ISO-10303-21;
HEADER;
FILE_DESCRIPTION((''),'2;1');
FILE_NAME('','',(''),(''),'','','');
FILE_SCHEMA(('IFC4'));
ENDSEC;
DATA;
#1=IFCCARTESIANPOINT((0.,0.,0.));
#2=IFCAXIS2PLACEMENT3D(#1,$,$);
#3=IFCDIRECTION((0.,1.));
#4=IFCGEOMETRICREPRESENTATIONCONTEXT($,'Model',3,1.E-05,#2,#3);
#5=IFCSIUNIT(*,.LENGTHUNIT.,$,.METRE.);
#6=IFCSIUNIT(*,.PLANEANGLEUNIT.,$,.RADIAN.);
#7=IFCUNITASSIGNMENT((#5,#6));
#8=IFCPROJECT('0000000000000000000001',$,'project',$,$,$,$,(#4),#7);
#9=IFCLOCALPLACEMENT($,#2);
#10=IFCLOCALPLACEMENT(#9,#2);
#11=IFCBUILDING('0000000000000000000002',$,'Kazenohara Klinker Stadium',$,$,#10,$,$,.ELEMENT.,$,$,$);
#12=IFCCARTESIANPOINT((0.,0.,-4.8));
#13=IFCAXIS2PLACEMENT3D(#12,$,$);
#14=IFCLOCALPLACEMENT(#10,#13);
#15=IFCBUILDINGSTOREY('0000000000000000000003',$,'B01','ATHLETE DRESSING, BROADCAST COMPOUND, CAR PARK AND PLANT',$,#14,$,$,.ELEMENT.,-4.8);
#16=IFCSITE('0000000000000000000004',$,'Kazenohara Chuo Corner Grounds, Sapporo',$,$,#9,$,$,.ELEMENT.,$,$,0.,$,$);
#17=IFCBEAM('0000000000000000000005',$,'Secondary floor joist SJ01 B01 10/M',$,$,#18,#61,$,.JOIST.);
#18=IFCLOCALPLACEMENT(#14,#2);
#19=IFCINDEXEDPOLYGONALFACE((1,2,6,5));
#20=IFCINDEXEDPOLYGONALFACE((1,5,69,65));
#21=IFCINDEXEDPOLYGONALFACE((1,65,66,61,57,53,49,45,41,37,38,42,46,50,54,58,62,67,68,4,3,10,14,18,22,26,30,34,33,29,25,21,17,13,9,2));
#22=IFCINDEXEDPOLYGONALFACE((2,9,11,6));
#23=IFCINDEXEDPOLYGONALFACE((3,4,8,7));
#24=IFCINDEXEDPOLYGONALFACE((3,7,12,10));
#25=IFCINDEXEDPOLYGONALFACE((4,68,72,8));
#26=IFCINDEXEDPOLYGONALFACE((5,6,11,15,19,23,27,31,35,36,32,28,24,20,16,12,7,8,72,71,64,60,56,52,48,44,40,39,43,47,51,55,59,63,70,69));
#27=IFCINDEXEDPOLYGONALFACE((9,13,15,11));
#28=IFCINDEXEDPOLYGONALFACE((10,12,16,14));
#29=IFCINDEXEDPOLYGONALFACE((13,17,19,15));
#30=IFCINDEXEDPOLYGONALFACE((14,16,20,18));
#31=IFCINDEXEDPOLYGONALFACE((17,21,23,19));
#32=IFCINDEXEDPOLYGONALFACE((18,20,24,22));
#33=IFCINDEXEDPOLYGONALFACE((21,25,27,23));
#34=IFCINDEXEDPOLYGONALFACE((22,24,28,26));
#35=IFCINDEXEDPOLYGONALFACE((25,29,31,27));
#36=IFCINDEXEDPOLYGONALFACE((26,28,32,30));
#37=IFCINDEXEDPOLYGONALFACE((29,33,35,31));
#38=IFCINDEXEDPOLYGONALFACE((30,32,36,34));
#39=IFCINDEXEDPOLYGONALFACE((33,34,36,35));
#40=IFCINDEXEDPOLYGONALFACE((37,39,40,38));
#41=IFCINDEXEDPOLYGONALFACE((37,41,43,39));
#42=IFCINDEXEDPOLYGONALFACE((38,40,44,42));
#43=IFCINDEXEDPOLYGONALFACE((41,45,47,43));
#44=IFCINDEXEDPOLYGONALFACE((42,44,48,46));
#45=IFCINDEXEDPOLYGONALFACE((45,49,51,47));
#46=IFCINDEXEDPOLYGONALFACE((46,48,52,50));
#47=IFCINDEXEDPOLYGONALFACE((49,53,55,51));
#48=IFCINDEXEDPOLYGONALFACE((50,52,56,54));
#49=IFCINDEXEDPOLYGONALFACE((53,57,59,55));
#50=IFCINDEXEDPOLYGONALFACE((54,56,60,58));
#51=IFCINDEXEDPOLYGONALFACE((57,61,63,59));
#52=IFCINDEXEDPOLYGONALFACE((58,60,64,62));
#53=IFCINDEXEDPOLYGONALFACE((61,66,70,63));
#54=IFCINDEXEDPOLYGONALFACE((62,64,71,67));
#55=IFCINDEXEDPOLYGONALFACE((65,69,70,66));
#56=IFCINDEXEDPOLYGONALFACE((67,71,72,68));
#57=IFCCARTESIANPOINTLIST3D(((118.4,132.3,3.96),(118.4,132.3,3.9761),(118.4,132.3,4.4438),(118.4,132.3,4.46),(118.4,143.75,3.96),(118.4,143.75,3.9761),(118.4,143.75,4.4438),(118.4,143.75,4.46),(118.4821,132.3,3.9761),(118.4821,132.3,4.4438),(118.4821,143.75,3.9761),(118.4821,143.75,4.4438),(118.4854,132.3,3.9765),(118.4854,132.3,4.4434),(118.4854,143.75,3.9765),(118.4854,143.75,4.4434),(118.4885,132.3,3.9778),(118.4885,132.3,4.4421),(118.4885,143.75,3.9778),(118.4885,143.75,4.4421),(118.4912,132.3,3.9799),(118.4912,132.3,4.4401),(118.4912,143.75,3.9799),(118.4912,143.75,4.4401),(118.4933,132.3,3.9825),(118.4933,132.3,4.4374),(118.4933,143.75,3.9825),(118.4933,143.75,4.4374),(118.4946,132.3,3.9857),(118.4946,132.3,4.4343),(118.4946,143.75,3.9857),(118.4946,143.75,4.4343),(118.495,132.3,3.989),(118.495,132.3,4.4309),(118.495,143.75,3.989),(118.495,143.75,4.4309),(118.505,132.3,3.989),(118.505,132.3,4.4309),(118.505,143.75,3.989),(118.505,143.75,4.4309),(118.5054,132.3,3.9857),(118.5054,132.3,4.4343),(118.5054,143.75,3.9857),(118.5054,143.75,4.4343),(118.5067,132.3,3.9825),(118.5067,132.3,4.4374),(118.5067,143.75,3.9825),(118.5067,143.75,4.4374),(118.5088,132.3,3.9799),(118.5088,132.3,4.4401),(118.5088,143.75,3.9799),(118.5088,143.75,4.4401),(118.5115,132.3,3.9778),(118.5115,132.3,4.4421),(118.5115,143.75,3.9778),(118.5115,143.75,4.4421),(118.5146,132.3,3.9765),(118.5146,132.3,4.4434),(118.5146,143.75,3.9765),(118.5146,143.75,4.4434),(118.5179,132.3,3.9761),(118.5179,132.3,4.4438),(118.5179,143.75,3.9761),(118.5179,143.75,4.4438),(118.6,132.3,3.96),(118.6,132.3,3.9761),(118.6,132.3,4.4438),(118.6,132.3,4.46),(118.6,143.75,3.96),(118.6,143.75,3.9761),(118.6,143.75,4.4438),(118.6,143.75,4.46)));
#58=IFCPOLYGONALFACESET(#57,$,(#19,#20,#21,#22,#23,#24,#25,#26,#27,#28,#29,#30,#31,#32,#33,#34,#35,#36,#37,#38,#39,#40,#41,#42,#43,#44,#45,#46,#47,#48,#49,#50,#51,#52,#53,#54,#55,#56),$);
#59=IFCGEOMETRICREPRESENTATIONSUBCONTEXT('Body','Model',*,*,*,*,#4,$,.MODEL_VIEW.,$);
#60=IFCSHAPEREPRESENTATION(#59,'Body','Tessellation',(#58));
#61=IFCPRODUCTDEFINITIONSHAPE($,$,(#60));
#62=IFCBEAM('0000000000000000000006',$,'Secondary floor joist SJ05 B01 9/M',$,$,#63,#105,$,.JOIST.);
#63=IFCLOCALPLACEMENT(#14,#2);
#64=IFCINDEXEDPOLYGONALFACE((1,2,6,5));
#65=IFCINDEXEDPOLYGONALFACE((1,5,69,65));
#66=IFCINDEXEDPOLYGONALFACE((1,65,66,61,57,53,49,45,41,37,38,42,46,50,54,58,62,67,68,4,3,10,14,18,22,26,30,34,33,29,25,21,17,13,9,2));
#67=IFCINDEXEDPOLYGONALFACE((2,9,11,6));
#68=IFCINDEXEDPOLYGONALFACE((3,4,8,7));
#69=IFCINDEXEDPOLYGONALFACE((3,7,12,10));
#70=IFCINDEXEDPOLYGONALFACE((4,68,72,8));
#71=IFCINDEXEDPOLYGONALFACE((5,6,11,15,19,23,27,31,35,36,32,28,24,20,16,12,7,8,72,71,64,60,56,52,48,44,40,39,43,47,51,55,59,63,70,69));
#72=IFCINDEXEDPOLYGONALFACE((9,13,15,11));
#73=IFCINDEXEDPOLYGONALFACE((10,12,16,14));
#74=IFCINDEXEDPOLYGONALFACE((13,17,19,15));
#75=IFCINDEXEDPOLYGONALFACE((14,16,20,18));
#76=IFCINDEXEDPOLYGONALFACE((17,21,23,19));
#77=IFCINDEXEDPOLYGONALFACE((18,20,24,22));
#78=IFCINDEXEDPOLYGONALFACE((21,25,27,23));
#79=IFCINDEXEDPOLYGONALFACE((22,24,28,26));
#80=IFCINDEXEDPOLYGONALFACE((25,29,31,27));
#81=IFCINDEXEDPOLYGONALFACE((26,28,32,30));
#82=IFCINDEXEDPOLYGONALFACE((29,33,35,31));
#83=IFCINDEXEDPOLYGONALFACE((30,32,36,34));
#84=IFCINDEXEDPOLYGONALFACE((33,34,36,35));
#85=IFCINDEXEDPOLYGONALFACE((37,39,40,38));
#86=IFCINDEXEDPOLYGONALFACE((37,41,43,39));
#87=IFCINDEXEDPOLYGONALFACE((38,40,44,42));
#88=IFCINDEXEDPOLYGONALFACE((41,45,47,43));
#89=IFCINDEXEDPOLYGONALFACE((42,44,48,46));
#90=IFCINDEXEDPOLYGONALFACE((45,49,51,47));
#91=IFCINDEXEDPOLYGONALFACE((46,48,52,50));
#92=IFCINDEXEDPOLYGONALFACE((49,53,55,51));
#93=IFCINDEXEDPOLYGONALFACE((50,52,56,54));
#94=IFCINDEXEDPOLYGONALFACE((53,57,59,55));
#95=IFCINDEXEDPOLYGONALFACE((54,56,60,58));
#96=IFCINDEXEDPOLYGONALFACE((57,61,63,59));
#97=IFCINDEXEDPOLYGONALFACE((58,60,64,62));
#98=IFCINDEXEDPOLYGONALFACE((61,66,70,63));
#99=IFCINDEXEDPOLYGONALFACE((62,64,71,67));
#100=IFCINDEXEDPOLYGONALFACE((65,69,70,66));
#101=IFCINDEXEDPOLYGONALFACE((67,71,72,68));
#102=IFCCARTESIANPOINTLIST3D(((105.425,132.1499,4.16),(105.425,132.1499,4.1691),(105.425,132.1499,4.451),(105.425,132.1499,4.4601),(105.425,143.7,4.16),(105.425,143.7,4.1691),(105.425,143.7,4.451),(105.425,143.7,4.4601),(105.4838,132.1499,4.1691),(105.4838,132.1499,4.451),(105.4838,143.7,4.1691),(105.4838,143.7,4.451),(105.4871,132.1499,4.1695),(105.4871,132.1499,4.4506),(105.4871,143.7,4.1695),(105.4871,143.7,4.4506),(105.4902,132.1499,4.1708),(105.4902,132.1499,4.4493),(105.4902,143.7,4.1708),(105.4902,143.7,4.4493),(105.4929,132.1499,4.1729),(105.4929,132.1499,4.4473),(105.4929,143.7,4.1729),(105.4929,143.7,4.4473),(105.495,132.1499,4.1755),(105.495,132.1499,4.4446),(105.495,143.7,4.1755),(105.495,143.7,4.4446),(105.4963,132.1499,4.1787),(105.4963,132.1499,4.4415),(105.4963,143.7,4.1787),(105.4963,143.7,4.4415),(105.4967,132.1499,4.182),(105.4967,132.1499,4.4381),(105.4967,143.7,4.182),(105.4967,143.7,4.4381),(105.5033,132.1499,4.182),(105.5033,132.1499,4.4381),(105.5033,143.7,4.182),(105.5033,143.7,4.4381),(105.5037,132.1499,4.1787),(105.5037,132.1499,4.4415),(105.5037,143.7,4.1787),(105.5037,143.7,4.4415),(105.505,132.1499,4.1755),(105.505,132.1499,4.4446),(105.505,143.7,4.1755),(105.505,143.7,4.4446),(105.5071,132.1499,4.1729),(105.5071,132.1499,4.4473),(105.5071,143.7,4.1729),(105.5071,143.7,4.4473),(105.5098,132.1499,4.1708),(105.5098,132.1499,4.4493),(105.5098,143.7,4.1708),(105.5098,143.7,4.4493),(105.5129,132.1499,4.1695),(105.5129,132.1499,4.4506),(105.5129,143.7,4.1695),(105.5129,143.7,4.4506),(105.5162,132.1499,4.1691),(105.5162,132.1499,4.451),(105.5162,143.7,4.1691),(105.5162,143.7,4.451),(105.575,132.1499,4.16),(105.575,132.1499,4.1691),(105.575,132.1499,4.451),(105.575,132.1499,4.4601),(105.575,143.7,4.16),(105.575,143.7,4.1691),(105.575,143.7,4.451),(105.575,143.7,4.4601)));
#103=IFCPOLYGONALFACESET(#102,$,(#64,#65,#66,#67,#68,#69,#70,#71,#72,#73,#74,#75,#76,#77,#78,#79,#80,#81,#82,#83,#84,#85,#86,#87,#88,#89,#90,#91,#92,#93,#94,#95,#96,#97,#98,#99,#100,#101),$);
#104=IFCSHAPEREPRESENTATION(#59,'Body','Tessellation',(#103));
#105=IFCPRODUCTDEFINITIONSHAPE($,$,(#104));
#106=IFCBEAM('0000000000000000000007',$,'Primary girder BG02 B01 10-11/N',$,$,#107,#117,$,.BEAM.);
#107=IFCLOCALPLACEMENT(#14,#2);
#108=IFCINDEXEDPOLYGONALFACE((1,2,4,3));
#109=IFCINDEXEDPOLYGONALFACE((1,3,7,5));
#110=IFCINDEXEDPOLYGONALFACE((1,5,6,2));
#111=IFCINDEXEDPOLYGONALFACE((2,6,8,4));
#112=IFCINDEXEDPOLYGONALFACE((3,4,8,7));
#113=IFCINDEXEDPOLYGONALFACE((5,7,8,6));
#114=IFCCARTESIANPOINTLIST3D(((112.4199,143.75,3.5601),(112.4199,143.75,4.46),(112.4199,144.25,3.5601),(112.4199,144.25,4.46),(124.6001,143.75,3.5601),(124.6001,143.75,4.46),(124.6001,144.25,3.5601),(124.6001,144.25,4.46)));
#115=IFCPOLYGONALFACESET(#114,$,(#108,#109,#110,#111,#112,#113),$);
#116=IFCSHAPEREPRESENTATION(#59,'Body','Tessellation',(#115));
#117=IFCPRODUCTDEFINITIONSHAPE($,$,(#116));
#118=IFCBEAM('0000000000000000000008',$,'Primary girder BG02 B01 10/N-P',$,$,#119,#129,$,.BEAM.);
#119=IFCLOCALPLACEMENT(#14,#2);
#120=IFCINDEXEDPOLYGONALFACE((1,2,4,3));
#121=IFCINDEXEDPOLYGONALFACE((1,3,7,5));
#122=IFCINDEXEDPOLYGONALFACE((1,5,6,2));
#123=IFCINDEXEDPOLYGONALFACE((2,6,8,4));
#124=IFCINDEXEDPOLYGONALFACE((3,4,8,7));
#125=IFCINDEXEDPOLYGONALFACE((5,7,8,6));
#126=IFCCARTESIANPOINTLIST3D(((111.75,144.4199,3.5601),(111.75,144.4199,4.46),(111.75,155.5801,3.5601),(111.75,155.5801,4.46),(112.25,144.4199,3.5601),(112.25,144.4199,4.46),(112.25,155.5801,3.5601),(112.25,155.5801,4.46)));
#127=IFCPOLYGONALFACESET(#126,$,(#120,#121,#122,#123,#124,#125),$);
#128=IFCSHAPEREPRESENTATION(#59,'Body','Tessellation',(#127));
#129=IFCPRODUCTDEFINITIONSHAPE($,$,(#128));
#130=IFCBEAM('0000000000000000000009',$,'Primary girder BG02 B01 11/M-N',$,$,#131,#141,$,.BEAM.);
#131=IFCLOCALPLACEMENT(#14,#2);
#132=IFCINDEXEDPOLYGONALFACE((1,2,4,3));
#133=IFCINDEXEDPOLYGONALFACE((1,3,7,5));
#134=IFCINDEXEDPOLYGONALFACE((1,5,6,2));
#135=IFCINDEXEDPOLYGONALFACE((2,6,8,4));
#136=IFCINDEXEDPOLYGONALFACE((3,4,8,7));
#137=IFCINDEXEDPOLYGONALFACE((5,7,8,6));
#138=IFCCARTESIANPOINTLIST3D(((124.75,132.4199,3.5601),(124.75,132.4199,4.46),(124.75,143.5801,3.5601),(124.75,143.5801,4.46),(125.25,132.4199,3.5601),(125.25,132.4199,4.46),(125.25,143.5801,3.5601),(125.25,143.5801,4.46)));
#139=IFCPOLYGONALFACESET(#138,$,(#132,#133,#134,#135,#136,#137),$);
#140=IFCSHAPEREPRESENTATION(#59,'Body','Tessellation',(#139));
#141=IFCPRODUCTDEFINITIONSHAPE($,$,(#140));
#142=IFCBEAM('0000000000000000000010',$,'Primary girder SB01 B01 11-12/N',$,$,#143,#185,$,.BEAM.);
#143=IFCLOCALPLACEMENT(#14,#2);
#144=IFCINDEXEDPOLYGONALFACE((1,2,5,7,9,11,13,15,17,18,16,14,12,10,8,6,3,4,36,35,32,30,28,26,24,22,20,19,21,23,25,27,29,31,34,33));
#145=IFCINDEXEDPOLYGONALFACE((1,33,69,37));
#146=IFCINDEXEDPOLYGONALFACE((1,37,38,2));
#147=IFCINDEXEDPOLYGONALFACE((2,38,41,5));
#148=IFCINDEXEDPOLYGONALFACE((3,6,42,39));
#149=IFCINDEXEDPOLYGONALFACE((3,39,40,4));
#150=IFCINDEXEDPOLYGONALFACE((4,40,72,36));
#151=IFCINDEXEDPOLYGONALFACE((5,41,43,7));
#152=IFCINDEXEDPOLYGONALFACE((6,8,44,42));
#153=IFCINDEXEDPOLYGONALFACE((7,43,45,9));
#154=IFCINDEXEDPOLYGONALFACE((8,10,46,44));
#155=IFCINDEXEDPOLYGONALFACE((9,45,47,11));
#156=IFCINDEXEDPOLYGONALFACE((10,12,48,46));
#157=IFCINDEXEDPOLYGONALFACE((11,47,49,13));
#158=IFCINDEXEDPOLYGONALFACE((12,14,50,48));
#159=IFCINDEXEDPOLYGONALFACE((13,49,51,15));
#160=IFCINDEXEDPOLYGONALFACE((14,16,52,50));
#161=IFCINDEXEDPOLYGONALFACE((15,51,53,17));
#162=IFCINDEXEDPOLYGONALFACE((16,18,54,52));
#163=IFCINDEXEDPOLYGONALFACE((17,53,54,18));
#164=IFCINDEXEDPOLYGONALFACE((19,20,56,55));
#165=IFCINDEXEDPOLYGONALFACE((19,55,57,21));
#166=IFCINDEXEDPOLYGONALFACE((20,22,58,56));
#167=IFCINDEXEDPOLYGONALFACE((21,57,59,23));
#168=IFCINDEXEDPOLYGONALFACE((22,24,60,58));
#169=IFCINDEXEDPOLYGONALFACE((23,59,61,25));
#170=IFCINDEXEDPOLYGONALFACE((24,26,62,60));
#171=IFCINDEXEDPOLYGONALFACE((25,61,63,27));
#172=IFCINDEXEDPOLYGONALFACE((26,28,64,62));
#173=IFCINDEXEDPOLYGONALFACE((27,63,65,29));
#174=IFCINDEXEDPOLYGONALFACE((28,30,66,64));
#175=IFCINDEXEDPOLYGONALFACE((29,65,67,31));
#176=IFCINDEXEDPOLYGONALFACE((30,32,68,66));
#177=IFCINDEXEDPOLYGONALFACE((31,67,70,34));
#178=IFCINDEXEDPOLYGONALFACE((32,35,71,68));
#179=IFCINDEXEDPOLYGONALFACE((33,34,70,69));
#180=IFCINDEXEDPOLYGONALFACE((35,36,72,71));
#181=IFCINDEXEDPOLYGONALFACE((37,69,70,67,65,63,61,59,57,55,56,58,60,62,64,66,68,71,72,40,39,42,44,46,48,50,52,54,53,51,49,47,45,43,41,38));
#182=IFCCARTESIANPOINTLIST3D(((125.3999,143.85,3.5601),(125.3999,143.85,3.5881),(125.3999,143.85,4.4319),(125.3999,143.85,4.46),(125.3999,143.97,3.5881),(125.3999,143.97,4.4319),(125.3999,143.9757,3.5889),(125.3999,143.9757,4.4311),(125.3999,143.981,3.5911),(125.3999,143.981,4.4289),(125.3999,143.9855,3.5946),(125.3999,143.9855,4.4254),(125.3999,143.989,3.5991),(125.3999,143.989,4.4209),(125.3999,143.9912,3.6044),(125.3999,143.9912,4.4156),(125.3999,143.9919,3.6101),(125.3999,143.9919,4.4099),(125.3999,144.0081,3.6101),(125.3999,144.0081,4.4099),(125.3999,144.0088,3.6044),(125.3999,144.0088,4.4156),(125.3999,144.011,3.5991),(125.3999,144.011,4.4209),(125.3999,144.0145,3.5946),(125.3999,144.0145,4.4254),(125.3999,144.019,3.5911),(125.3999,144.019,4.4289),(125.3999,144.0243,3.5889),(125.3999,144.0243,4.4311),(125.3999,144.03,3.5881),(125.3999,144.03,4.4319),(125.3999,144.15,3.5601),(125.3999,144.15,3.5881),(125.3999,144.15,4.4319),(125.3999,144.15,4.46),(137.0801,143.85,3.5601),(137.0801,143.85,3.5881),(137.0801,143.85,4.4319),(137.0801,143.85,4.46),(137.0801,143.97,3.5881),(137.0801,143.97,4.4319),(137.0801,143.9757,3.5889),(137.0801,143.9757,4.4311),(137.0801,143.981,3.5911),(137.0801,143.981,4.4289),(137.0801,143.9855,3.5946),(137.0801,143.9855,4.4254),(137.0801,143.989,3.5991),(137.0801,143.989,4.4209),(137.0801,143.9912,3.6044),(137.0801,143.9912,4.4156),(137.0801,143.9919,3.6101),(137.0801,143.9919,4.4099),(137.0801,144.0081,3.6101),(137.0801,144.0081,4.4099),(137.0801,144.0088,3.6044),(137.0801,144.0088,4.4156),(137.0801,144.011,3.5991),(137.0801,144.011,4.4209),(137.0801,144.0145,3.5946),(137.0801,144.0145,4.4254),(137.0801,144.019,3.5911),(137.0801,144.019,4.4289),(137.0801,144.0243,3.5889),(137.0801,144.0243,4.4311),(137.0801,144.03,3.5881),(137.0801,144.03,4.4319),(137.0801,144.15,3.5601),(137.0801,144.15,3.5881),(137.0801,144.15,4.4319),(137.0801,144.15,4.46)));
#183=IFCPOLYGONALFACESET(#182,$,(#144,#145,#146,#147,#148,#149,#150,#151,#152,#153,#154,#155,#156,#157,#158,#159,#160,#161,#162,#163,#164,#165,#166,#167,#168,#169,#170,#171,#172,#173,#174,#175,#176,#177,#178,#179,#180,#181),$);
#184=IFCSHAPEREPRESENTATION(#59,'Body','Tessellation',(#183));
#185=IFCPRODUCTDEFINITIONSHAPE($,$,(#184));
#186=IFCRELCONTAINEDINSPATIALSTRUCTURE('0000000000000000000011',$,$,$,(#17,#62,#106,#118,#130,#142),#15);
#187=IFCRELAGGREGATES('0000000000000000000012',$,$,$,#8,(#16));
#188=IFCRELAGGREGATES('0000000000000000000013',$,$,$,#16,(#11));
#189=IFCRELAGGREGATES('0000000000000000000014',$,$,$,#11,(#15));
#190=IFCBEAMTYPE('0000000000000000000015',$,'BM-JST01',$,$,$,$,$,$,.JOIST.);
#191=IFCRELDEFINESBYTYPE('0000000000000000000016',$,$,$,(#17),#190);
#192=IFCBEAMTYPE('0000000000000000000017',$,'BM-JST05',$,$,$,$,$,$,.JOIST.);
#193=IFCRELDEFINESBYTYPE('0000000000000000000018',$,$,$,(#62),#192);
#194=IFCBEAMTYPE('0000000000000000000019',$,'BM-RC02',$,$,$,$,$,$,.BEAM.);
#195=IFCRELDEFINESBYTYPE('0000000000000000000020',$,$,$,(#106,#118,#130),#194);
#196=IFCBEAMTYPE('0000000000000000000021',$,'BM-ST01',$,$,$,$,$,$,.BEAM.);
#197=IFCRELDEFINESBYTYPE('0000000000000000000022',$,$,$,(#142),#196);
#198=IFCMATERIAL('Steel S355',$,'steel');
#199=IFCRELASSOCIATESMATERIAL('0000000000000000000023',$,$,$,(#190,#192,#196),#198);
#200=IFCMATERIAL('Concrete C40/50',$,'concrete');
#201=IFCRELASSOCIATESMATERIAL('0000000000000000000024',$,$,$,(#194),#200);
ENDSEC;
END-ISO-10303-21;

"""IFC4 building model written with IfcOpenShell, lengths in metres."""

from ifc_helpers import new_model, si_unit, direction, frame, origin, origin_2d, place, context, subcontext, project, spatial, rectangle, i_section, extrude, material, material_profile, profile_set, type_object, element, save


model = new_model("IFC4")

# Units and contexts
model_context = context("Model", 3, precision=1e-05, world=origin(), true_north=direction((0.0, 1.0)))
body_context = subcontext(model_context, "Body", "Model", "MODEL_VIEW")
ifc_project = project(units=[si_unit("LENGTHUNIT", "METRE"), si_unit("PLANEANGLEUNIT", "RADIAN")], contexts=[model_context])

# Site, building, storey
site_placement = place(None, origin())
site = spatial("IfcSite", under=ifc_project, at=site_placement, Name="Kazenohara Chuo Corner Grounds, Sapporo", CompositionType="ELEMENT", RefElevation=0.0)
building_placement = place(site_placement, origin())
building = spatial("IfcBuilding", under=site, at=building_placement, Name="Kazenohara Klinker Stadium", CompositionType="ELEMENT")
storey_placement = place(building_placement, frame((0.0, 0.0, -4.8)))
storey = spatial("IfcBuildingStorey", under=building, at=storey_placement, Name="B01", Description="ATHLETE DRESSING, BROADCAST COMPOUND, CAR PARK AND PLANT", CompositionType="ELEMENT", Elevation=-4.8)

# Shared definitions
ifc_material_1 = material(Name="Concrete C40/50", Category="concrete")

# Beams
ifc_material_2 = material(Name="Steel S355", Category="steel")
ifc_material_profile_1 = material_profile(ifc_material_2, i_section(OverallWidth=0.2, OverallDepth=0.5, WebThickness=0.01, FlangeThickness=0.0161, FilletRadius=0.0129, at=origin_2d()), Name="H-500x200x10x16")
ifc_profile_set_1 = profile_set([ifc_material_profile_1], Name="Steel S355")
beam_type_1 = type_object("IfcBeamType", Name="BM-JST01", PredefinedType="JOIST", material=ifc_profile_set_1)
beam_1_placement = place(storey_placement, frame((118.5, 132.3, 4.21), z_axis=(0.0, 1.0, 0.0), x_axis=(-1.0, 0.0, 0.0)))
element("IfcBeam", 1, at=beam_1_placement, inside=storey, type_object=beam_type_1, Name="Secondary floor joist SJ01 B01 10/M", PredefinedType="JOIST", context=body_context, shape_type="SweptSolid", body=[
    extrude(i_section(OverallWidth=0.2, OverallDepth=0.5, WebThickness=0.01, FlangeThickness=0.0161, FilletRadius=0.0129, at=origin_2d()), origin(), (0.0, 0.0, 1.0), 11.45),
])
ifc_material_profile_2 = material_profile(ifc_material_2, i_section(OverallWidth=0.1499, OverallDepth=0.3, WebThickness=0.0066, FlangeThickness=0.009, FilletRadius=0.0129, at=origin_2d()), Name="H-300x150x6.5x9")
ifc_profile_set_2 = profile_set([ifc_material_profile_2], Name="Steel S355")
beam_type_2 = type_object("IfcBeamType", Name="BM-JST05", PredefinedType="JOIST", material=ifc_profile_set_2)
beam_2_placement = place(storey_placement, frame((105.5, 132.1499, 4.3101), z_axis=(0.0, 1.0, 0.0), x_axis=(-1.0, 0.0, 0.0)))
element("IfcBeam", 2, at=beam_2_placement, inside=storey, type_object=beam_type_2, Name="Secondary floor joist SJ05 B01 9/M", PredefinedType="JOIST", context=body_context, shape_type="SweptSolid", body=[
    extrude(i_section(OverallWidth=0.1499, OverallDepth=0.3, WebThickness=0.0066, FlangeThickness=0.009, FilletRadius=0.0129, at=origin_2d()), origin(), (0.0, 0.0, 1.0), 11.55),
])
ifc_material_profile_3 = material_profile(ifc_material_1, rectangle(XDim=0.5, YDim=0.8999, at=origin_2d()), Name="RC-BM-500x900")
ifc_profile_set_3 = profile_set([ifc_material_profile_3], Name="Concrete C40/50")
beam_type_3 = type_object("IfcBeamType", Name="BM-RC02", PredefinedType="BEAM", material=ifc_profile_set_3)
beam_3_placement = place(storey_placement, frame((112.4199, 144.0, 4.01), z_axis=(1.0, 0.0, 0.0), x_axis=(0.0, 1.0, 0.0)))
element("IfcBeam", 3, at=beam_3_placement, inside=storey, type_object=beam_type_3, Name="Primary girder BG02 B01 10-11/N", PredefinedType="BEAM", context=body_context, shape_type="SweptSolid", body=[
    extrude(rectangle(XDim=0.5, YDim=0.8999, at=origin_2d()), origin(), (0.0, 0.0, 1.0), 12.1802),
])
for number, where, z_axis, x_axis, name in (
    (4, (112.0, 144.4199, 4.01), (0.0, 1.0, 0.0), (-1.0, 0.0, 0.0), "Primary girder BG02 B01 10/N-P"),
    (5, (125.0, 132.4199, 4.01), (0.0, 1.0, 0.0), (-1.0, 0.0, 0.0), "Primary girder BG02 B01 11/M-N"),
):
    element("IfcBeam", number, at=place(storey_placement, frame(where, z_axis=z_axis, x_axis=x_axis)), inside=storey, type_object=beam_type_3, Name=name, PredefinedType="BEAM", context=body_context, shape_type="SweptSolid", body=[
        extrude(rectangle(XDim=0.5, YDim=0.8999, at=origin_2d()), origin(), (0.0, 0.0, 1.0), 11.1602),
    ])
ifc_material_profile_4 = material_profile(ifc_material_2, i_section(OverallWidth=0.3, OverallDepth=0.8999, WebThickness=0.0161, FlangeThickness=0.0281, FilletRadius=0.022, at=origin_2d()), Name="H-900x300x16x28")
ifc_profile_set_4 = profile_set([ifc_material_profile_4], Name="Steel S355")
beam_type_4 = type_object("IfcBeamType", Name="BM-ST01", PredefinedType="BEAM", material=ifc_profile_set_4)
beam_4_placement = place(storey_placement, frame((125.3999, 144.0, 4.01), z_axis=(1.0, 0.0, 0.0), x_axis=(0.0, 1.0, 0.0)))
element("IfcBeam", 6, at=beam_4_placement, inside=storey, type_object=beam_type_4, Name="Primary girder SB01 B01 11-12/N", PredefinedType="BEAM", context=body_context, shape_type="SweptSolid", body=[
    extrude(i_section(OverallWidth=0.3, OverallDepth=0.8999, WebThickness=0.0161, FlangeThickness=0.0281, FilletRadius=0.022, at=origin_2d()), origin(), (0.0, 0.0, 1.0), 11.6802),
])

save(model, "model.ifc")
